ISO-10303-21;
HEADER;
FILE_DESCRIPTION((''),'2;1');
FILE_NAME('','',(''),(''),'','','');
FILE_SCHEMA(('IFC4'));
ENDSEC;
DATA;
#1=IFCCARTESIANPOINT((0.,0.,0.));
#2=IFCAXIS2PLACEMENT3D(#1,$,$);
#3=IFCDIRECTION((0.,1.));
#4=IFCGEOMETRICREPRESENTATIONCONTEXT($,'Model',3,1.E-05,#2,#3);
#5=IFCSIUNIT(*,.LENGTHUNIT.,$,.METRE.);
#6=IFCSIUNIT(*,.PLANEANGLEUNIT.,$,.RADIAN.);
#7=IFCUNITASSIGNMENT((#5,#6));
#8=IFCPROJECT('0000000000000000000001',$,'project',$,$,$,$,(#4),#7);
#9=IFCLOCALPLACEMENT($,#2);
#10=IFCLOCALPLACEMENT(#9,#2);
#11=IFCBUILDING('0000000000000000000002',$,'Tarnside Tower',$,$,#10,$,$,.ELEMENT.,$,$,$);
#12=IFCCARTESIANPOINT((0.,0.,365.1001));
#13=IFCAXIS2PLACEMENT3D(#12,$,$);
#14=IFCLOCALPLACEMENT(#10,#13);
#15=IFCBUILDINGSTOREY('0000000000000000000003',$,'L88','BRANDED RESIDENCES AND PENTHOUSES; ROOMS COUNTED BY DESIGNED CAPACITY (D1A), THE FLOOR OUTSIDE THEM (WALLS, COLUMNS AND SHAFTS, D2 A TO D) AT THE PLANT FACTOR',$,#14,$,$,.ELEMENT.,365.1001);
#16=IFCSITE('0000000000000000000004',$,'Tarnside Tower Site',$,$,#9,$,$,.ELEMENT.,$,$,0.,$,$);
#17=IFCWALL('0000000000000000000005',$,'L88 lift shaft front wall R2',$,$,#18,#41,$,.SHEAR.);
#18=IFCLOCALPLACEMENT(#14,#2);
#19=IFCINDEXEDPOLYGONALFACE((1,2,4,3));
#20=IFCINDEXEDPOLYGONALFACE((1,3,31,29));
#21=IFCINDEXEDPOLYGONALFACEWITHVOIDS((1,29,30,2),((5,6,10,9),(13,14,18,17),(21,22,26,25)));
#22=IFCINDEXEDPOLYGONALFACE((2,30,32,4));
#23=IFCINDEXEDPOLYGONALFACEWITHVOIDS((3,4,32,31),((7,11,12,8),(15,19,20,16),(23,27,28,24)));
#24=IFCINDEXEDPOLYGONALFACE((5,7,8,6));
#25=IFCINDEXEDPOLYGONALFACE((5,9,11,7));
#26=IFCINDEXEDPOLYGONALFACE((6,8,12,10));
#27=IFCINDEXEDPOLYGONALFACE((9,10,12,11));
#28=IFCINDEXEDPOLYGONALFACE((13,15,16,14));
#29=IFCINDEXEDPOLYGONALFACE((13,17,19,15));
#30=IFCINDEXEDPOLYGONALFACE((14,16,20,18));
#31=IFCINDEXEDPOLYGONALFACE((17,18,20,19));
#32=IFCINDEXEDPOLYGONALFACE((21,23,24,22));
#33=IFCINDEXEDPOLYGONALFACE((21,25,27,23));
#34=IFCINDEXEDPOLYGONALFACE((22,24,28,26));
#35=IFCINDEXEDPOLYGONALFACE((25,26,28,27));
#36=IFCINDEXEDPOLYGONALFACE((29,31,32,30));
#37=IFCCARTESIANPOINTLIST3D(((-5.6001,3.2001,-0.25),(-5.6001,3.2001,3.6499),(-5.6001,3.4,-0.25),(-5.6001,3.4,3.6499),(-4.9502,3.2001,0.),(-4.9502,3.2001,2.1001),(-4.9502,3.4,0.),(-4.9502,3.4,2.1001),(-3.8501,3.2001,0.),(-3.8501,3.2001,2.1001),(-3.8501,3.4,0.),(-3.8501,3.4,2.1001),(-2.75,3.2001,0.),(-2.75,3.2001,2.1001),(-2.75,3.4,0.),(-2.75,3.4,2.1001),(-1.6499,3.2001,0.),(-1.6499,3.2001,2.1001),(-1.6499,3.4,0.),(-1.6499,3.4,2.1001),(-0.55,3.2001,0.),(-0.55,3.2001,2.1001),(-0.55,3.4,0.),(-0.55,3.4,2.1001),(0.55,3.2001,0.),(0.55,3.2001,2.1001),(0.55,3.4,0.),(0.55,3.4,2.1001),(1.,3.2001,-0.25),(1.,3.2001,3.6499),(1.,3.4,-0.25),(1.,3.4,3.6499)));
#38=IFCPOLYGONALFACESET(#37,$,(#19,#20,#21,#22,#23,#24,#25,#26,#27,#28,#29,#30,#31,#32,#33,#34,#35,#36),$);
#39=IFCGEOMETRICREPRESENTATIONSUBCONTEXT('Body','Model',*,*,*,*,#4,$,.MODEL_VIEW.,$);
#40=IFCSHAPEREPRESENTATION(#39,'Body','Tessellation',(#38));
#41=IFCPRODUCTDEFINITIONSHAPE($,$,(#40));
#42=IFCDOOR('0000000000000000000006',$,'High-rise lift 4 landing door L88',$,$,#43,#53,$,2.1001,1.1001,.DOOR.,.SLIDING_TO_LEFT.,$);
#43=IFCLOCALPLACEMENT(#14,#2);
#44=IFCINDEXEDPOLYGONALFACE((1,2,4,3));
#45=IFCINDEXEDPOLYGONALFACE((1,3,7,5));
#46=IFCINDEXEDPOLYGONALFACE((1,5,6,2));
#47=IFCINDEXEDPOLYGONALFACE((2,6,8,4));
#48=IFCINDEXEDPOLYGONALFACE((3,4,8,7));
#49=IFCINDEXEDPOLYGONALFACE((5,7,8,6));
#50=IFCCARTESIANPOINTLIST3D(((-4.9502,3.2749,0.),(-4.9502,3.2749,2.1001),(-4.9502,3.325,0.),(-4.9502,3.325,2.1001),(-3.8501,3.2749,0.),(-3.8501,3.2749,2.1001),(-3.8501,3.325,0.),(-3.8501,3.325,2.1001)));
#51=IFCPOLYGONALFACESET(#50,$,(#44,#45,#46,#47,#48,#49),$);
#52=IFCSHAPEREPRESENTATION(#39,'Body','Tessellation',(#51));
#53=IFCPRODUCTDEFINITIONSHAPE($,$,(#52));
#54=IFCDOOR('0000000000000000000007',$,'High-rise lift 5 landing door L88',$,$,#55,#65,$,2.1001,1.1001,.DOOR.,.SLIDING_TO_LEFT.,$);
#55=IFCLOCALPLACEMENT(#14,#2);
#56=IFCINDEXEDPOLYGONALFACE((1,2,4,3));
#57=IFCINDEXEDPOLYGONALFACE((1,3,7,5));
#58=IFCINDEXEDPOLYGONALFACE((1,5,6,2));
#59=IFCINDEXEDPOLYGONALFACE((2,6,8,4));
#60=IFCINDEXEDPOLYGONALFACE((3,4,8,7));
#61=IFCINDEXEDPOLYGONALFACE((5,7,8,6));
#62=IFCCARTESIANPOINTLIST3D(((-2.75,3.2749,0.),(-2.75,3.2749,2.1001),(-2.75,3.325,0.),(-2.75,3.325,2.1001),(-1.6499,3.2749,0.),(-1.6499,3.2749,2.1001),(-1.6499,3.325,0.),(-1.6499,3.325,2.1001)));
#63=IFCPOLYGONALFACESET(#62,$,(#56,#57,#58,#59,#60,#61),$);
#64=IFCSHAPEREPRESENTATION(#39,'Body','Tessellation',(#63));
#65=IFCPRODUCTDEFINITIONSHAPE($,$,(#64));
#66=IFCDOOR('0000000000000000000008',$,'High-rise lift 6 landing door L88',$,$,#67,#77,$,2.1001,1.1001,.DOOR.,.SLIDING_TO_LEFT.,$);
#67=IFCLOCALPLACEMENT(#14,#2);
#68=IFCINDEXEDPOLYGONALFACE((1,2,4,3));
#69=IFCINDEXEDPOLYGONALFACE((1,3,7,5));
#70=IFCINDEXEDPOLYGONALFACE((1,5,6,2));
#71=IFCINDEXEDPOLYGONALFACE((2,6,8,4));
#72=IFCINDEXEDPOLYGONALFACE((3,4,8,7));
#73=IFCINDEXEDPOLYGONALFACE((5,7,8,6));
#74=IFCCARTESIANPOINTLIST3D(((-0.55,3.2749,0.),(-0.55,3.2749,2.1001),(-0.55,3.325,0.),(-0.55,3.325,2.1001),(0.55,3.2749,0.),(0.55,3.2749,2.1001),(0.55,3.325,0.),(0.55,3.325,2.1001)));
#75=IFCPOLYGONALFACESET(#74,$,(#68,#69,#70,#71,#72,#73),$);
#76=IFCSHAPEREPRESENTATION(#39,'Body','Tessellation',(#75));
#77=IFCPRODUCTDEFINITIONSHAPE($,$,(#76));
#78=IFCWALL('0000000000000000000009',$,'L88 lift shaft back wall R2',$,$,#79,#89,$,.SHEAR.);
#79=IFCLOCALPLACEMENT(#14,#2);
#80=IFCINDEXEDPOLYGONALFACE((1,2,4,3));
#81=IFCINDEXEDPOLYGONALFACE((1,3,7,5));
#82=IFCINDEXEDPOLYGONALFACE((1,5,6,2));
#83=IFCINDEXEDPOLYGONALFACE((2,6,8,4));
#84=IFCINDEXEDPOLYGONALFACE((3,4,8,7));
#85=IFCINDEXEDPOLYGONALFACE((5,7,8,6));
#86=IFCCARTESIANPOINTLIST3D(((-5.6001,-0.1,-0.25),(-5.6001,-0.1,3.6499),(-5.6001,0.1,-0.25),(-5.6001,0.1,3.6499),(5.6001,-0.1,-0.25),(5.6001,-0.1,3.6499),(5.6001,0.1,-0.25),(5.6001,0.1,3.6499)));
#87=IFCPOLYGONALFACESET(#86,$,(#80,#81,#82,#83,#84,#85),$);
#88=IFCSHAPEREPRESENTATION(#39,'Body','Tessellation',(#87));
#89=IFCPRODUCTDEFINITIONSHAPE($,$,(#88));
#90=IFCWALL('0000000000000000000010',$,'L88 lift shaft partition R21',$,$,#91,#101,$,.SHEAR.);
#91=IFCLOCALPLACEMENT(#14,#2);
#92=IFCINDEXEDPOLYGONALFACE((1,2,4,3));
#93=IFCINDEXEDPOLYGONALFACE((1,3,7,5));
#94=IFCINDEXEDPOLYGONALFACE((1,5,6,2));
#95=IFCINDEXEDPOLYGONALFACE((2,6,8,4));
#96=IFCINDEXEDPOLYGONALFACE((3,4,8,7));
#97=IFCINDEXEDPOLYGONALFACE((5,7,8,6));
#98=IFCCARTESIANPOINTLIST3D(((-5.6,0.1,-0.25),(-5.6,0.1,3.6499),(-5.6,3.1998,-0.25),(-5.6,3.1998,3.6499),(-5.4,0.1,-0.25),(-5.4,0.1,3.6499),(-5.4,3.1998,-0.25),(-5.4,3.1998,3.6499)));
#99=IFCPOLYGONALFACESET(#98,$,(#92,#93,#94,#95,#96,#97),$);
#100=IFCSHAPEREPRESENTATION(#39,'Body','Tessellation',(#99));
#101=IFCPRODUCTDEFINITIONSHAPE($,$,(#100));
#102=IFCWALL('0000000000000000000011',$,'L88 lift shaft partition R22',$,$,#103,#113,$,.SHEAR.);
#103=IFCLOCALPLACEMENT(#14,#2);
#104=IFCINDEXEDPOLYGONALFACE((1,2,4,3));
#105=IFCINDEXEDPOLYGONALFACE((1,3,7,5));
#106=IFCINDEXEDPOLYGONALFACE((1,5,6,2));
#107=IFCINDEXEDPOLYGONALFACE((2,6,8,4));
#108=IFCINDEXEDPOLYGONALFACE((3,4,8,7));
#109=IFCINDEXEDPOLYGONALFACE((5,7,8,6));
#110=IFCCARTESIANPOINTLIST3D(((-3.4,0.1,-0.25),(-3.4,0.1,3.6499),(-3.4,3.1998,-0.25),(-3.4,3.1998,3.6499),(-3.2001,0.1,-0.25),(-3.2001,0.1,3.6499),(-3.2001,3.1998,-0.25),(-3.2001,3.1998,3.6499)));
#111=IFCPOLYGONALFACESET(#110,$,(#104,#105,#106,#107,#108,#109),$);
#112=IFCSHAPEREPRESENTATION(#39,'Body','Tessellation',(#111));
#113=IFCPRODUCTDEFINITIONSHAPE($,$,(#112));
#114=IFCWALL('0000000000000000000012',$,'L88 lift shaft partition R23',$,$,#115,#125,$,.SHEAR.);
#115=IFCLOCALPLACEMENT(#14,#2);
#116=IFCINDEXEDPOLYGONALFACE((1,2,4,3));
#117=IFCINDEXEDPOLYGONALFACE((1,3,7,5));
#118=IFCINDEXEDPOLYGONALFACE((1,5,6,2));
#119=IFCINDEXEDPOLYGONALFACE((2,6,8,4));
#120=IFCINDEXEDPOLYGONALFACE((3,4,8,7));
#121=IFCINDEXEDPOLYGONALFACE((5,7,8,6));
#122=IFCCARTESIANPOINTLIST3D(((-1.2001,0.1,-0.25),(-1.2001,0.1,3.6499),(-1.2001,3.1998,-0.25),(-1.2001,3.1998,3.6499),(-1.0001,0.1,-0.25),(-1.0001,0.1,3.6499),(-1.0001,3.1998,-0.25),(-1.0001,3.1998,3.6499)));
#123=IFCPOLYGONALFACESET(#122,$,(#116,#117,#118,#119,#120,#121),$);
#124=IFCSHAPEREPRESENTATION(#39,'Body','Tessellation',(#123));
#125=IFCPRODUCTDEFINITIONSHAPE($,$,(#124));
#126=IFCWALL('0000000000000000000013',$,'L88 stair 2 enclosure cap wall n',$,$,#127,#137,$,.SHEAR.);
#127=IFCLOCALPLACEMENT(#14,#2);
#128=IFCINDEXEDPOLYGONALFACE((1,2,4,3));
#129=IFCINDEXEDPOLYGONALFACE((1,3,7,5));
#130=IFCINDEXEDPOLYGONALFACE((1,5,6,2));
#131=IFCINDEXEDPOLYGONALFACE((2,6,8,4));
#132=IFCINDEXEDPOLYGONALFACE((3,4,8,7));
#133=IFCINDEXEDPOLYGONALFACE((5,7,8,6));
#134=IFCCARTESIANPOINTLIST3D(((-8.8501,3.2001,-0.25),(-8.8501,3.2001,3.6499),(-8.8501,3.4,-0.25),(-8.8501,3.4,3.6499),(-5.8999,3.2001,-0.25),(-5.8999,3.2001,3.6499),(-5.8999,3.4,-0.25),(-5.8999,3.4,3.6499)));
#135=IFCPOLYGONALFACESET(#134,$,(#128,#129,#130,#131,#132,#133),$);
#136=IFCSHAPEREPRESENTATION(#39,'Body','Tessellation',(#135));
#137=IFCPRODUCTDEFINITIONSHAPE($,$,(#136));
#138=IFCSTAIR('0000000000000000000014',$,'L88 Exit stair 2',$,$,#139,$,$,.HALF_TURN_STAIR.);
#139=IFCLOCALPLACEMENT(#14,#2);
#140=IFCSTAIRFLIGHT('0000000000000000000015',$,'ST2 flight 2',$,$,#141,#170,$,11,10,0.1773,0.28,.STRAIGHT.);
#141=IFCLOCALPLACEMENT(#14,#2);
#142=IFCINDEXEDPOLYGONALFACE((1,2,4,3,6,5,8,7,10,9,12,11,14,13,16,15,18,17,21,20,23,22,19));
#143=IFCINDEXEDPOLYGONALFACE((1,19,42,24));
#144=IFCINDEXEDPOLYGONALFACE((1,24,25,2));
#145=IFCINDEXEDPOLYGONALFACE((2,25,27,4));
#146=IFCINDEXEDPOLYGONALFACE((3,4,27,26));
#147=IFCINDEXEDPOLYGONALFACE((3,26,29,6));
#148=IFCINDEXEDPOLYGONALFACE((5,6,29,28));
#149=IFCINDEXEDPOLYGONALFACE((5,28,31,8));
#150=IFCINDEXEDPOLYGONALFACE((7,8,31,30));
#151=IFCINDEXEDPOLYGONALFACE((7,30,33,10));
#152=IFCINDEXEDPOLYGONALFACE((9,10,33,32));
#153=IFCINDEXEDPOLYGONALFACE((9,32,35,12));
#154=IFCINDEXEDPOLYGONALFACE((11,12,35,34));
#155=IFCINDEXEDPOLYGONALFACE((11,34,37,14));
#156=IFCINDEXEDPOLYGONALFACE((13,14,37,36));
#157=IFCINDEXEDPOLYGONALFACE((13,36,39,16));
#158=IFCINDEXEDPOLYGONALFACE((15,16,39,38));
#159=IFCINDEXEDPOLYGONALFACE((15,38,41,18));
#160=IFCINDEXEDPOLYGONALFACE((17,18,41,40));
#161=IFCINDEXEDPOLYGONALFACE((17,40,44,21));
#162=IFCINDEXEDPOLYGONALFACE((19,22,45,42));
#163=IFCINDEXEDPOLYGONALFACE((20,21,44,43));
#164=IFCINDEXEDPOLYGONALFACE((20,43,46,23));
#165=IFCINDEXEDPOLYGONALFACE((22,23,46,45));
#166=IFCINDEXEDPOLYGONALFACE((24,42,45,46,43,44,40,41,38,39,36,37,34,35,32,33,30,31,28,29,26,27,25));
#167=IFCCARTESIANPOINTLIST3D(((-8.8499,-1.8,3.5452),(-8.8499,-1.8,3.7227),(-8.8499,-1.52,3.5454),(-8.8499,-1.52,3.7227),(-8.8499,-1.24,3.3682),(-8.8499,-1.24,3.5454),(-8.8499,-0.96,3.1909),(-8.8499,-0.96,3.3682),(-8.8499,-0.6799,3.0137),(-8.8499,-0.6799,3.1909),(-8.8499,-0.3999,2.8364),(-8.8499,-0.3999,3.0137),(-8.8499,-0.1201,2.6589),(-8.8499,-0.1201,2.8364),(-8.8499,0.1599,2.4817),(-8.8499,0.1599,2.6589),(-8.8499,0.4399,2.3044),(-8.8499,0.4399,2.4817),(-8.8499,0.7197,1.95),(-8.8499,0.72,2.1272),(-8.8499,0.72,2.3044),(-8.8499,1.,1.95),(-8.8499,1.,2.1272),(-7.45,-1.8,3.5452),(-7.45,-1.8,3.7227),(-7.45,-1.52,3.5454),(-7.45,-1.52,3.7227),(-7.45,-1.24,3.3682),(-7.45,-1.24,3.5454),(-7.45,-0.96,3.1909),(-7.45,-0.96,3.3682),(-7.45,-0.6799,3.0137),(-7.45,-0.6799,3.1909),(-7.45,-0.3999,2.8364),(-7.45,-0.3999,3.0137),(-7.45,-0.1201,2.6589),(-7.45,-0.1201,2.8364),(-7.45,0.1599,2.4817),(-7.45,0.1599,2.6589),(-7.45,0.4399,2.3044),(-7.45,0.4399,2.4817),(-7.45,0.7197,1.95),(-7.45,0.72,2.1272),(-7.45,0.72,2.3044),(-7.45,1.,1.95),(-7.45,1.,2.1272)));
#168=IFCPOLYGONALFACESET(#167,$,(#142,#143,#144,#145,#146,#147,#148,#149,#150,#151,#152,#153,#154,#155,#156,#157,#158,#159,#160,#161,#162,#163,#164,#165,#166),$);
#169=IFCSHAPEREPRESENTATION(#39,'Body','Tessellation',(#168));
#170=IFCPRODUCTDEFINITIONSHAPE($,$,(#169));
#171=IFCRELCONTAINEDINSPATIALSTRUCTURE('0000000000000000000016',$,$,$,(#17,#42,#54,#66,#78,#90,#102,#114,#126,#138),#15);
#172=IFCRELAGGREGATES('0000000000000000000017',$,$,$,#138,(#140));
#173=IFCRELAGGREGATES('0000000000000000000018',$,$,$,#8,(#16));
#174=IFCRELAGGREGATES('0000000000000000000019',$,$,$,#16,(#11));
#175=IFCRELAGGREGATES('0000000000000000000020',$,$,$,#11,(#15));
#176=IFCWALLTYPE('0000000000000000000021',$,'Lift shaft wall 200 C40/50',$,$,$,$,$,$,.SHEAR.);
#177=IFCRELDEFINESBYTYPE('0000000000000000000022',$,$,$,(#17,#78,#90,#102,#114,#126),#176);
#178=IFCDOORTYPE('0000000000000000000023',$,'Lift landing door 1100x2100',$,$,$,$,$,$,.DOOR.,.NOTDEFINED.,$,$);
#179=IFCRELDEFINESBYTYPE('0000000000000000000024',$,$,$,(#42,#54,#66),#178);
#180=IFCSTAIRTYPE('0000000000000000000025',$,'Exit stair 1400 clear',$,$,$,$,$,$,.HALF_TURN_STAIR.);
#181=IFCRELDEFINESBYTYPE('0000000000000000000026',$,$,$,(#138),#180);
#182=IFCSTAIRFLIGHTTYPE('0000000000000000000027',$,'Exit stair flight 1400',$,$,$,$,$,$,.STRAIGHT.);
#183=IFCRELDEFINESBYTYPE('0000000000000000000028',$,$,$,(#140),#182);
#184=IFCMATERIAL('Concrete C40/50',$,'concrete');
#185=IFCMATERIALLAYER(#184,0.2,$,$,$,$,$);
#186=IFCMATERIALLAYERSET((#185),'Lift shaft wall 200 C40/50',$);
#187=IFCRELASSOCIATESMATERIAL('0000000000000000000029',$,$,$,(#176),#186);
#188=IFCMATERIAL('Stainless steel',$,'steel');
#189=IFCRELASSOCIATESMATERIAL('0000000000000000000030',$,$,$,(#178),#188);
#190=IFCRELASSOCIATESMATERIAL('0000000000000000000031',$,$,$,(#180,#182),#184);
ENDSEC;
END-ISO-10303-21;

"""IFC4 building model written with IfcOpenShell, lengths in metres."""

from ifc_helpers import new_model, si_unit, direction, frame, frame_2d, origin, place, context, subcontext, project, spatial, polyline, rectangle, outline, extrude, material, layer, layer_set, type_object, element, fill, aggregate, save


model = new_model("IFC4")

# Units and contexts
model_context = context("Model", 3, precision=1e-05, world=origin(), true_north=direction((0.0, 1.0)))
body_context = subcontext(model_context, "Body", "Model", "MODEL_VIEW")
ifc_project = project(units=[si_unit("LENGTHUNIT", "METRE"), si_unit("PLANEANGLEUNIT", "RADIAN")], contexts=[model_context])

# Site, building, storey
site_placement = place(None, origin())
site = spatial("IfcSite", under=ifc_project, at=site_placement, Name="Tarnside Tower Site", CompositionType="ELEMENT", RefElevation=0.0)
building_placement = place(site_placement, origin())
building = spatial("IfcBuilding", under=site, at=building_placement, Name="Tarnside Tower", CompositionType="ELEMENT")
storey_placement = place(building_placement, frame((0.0, 0.0, 365.1001)))
storey = spatial("IfcBuildingStorey", under=building, at=storey_placement, Name="L88", Description="BRANDED RESIDENCES AND PENTHOUSES; ROOMS COUNTED BY DESIGNED CAPACITY (D1A), THE FLOOR OUTSIDE THEM (WALLS, COLUMNS AND SHAFTS, D2 A TO D) AT THE PLANT FACTOR", CompositionType="ELEMENT", Elevation=365.1001)

# Shared definitions
ifc_material_1 = material(Name="Concrete C40/50", Category="concrete")
ifc_layer_1 = layer(ifc_material_1, 0.2)
ifc_layer_set_1 = layer_set([ifc_layer_1], Name="Lift shaft wall 200 C40/50")
wall_type_1 = type_object("IfcWallType", Name="Lift shaft wall 200 C40/50", PredefinedType="SHEAR", material=ifc_layer_set_1)
ifc_material_2 = material(Name="Stainless steel", Category="steel")
door_type_1 = type_object("IfcDoorType", Name="Lift landing door 1100x2100", OperationType="NOTDEFINED", PredefinedType="DOOR", material=ifc_material_2)

# Wall, openings, doors
wall_1_placement = place(storey_placement, frame((-5.6001, 3.3, -0.25), z_axis=(0.0, 0.0, 1.0), x_axis=(1.0, 0.0, 0.0)))
wall_1 = element("IfcWall", 1, at=wall_1_placement, inside=storey, type_object=wall_type_1, Name="L88 lift shaft front wall R2", PredefinedType="SHEAR", context=body_context, shape_type="SweptSolid", body=[
    extrude(rectangle(XDim=6.6001, YDim=0.2, at=frame_2d((3.3, 0.0))), origin(), (0.0, 0.0, 1.0), 3.8999),
])
opening_1_placement = place(wall_1_placement, frame((0.6499, 0.0, 0.25)))
opening_1 = element("IfcOpeningElement", 2, at=opening_1_placement, cuts=wall_1, PredefinedType="OPENING", context=body_context, shape_type="SweptSolid", body=[
    extrude(rectangle(XDim=1.1001, YDim=2.1001, at=frame_2d((0.55, 1.05))), frame((0.0, 0.1099, 0.0), z_axis=(0.0, -1.0, 0.0), x_axis=(1.0, 0.0, 0.0)), (0.0, 0.0, 1.0), 0.22),
])
opening_2_placement = place(wall_1_placement, frame((2.8501, 0.0, 0.25)))
opening_2 = element("IfcOpeningElement", 3, at=opening_2_placement, cuts=wall_1, PredefinedType="OPENING", context=body_context, shape_type="SweptSolid", body=[
    extrude(rectangle(XDim=1.1001, YDim=2.1001, at=frame_2d((0.55, 1.05))), frame((0.0, 0.1099, 0.0), z_axis=(0.0, -1.0, 0.0), x_axis=(1.0, 0.0, 0.0)), (0.0, 0.0, 1.0), 0.22),
])
opening_3_placement = place(wall_1_placement, frame((5.05, 0.0, 0.25)))
opening_3 = element("IfcOpeningElement", 4, at=opening_3_placement, cuts=wall_1, PredefinedType="OPENING", context=body_context, shape_type="SweptSolid", body=[
    extrude(rectangle(XDim=1.1001, YDim=2.1001, at=frame_2d((0.55, 1.05))), frame((0.0, 0.1099, 0.0), z_axis=(0.0, -1.0, 0.0), x_axis=(1.0, 0.0, 0.0)), (0.0, 0.0, 1.0), 0.22),
])
door_1_placement = place(opening_1_placement, origin())
door_1 = element("IfcDoor", 5, at=door_1_placement, inside=storey, type_object=door_type_1, Name="High-rise lift 4 landing door L88", OperationType="SLIDING_TO_LEFT", OverallHeight=2.1001, OverallWidth=1.1001, PredefinedType="DOOR", context=body_context, shape_type="SweptSolid", body=[
    extrude(rectangle(XDim=1.1001, YDim=2.1001, at=frame_2d((0.55, 1.05))), frame((0.0, 0.0249, 0.0), z_axis=(0.0, -1.0, 0.0), x_axis=(1.0, 0.0, 0.0)), (0.0, 0.0, 1.0), 0.05),
])
fill(opening_1, door_1)
door_2_placement = place(opening_2_placement, origin())
door_2 = element("IfcDoor", 6, at=door_2_placement, inside=storey, type_object=door_type_1, Name="High-rise lift 5 landing door L88", OperationType="SLIDING_TO_LEFT", OverallHeight=2.1001, OverallWidth=1.1001, PredefinedType="DOOR", context=body_context, shape_type="SweptSolid", body=[
    extrude(rectangle(XDim=1.1001, YDim=2.1001, at=frame_2d((0.55, 1.05))), frame((0.0, 0.0249, 0.0), z_axis=(0.0, -1.0, 0.0), x_axis=(1.0, 0.0, 0.0)), (0.0, 0.0, 1.0), 0.05),
])
fill(opening_2, door_2)
door_3_placement = place(opening_3_placement, origin())
door_3 = element("IfcDoor", 7, at=door_3_placement, inside=storey, type_object=door_type_1, Name="High-rise lift 6 landing door L88", OperationType="SLIDING_TO_LEFT", OverallHeight=2.1001, OverallWidth=1.1001, PredefinedType="DOOR", context=body_context, shape_type="SweptSolid", body=[
    extrude(rectangle(XDim=1.1001, YDim=2.1001, at=frame_2d((0.55, 1.05))), frame((0.0, 0.0249, 0.0), z_axis=(0.0, -1.0, 0.0), x_axis=(1.0, 0.0, 0.0)), (0.0, 0.0, 1.0), 0.05),
])
fill(opening_3, door_3)

# Walls
wall_2_placement = place(storey_placement, frame((-5.6001, 0.0, -0.25), z_axis=(0.0, 0.0, 1.0), x_axis=(1.0, 0.0, 0.0)))
element("IfcWall", 8, at=wall_2_placement, inside=storey, type_object=wall_type_1, Name="L88 lift shaft back wall R2", PredefinedType="SHEAR", context=body_context, shape_type="SweptSolid", body=[
    extrude(rectangle(XDim=11.2002, YDim=0.2, at=frame_2d((5.6001, 0.0))), origin(), (0.0, 0.0, 1.0), 3.8999),
])
for number, where, z_axis, x_axis, name in (
    (9, (-5.5, 0.1001, -0.25), (0.0, 0.0, 1.0), (0.0, 1.0, 0.0), "L88 lift shaft partition R21"),
    (10, (-3.3, 0.1001, -0.25), (0.0, 0.0, 1.0), (0.0, 1.0, 0.0), "L88 lift shaft partition R22"),
    (11, (-1.1001, 0.1001, -0.25), (0.0, 0.0, 1.0), (0.0, 1.0, 0.0), "L88 lift shaft partition R23"),
):
    element("IfcWall", number, at=place(storey_placement, frame(where, z_axis=z_axis, x_axis=x_axis)), inside=storey, type_object=wall_type_1, Name=name, PredefinedType="SHEAR", context=body_context, shape_type="SweptSolid", body=[
        extrude(rectangle(XDim=3.0999, YDim=0.2, at=frame_2d((1.5498, 0.0))), origin(), (0.0, 0.0, 1.0), 3.8999),
    ])
wall_3_placement = place(storey_placement, frame((-8.8501, 3.3, -0.25), z_axis=(0.0, 0.0, 1.0), x_axis=(1.0, 0.0, 0.0)))
element("IfcWall", 12, at=wall_3_placement, inside=storey, type_object=wall_type_1, Name="L88 stair 2 enclosure cap wall n", PredefinedType="SHEAR", context=body_context, shape_type="SweptSolid", body=[
    extrude(rectangle(XDim=2.9502, YDim=0.2, at=frame_2d((1.4751, 0.0))), origin(), (0.0, 0.0, 1.0), 3.8999),
])

# Stair, stair flight
stair_type = type_object("IfcStairType", Name="Exit stair 1400 clear", PredefinedType="HALF_TURN_STAIR", material=ifc_material_1)
stair_placement = place(storey_placement, origin())
stair = element("IfcStair", 13, at=stair_placement, inside=storey, type_object=stair_type, Name="L88 Exit stair 2", PredefinedType="HALF_TURN_STAIR")
stair_flight_type = type_object("IfcStairFlightType", Name="Exit stair flight 1400", PredefinedType="STRAIGHT", material=ifc_material_1)
stair_flight_placement = place(storey_placement, frame((-8.1499, 1.0, 1.95), z_axis=(0.0, 0.0, 1.0), x_axis=(0.0, -1.0, 0.0)))
stair_flight = element("IfcStairFlight", 14, at=stair_flight_placement, type_object=stair_flight_type, Name="ST2 flight 2", NumberOfRisers=11, NumberOfTreads=10, PredefinedType="STRAIGHT", RiserHeight=0.1773, TreadLength=0.28, context=body_context, shape_type="SweptSolid", body=[
    extrude(outline(polyline([(0.0, 0.0), (0.0, 0.1772), (0.28, 0.1772), (0.28, 0.3545), (0.5601, 0.3545), (0.5601, 0.5317), (0.8401, 0.5317), (0.8401, 0.709), (1.1201, 0.709), (1.1201, 0.8865), (1.3999, 0.8865), (1.3999, 1.0637), (1.6799, 1.0637), (1.6799, 1.241), (1.96, 1.241), (1.96, 1.4182), (2.24, 1.4182), (2.24, 1.5955), (2.52, 1.5955), (2.52, 1.7727), (2.8, 1.7727), (2.8, 1.95), (2.8, 1.5952), (0.2803, 0.0), (0.0, 0.0)])), frame((0.0, 0.7, 0.0), z_axis=(0.0, -1.0, 0.0), x_axis=(1.0, 0.0, 0.0)), (0.0, 0.0, 1.0), 1.3999),
])
aggregate(stair, [stair_flight])

save(model, "model.ifc")
